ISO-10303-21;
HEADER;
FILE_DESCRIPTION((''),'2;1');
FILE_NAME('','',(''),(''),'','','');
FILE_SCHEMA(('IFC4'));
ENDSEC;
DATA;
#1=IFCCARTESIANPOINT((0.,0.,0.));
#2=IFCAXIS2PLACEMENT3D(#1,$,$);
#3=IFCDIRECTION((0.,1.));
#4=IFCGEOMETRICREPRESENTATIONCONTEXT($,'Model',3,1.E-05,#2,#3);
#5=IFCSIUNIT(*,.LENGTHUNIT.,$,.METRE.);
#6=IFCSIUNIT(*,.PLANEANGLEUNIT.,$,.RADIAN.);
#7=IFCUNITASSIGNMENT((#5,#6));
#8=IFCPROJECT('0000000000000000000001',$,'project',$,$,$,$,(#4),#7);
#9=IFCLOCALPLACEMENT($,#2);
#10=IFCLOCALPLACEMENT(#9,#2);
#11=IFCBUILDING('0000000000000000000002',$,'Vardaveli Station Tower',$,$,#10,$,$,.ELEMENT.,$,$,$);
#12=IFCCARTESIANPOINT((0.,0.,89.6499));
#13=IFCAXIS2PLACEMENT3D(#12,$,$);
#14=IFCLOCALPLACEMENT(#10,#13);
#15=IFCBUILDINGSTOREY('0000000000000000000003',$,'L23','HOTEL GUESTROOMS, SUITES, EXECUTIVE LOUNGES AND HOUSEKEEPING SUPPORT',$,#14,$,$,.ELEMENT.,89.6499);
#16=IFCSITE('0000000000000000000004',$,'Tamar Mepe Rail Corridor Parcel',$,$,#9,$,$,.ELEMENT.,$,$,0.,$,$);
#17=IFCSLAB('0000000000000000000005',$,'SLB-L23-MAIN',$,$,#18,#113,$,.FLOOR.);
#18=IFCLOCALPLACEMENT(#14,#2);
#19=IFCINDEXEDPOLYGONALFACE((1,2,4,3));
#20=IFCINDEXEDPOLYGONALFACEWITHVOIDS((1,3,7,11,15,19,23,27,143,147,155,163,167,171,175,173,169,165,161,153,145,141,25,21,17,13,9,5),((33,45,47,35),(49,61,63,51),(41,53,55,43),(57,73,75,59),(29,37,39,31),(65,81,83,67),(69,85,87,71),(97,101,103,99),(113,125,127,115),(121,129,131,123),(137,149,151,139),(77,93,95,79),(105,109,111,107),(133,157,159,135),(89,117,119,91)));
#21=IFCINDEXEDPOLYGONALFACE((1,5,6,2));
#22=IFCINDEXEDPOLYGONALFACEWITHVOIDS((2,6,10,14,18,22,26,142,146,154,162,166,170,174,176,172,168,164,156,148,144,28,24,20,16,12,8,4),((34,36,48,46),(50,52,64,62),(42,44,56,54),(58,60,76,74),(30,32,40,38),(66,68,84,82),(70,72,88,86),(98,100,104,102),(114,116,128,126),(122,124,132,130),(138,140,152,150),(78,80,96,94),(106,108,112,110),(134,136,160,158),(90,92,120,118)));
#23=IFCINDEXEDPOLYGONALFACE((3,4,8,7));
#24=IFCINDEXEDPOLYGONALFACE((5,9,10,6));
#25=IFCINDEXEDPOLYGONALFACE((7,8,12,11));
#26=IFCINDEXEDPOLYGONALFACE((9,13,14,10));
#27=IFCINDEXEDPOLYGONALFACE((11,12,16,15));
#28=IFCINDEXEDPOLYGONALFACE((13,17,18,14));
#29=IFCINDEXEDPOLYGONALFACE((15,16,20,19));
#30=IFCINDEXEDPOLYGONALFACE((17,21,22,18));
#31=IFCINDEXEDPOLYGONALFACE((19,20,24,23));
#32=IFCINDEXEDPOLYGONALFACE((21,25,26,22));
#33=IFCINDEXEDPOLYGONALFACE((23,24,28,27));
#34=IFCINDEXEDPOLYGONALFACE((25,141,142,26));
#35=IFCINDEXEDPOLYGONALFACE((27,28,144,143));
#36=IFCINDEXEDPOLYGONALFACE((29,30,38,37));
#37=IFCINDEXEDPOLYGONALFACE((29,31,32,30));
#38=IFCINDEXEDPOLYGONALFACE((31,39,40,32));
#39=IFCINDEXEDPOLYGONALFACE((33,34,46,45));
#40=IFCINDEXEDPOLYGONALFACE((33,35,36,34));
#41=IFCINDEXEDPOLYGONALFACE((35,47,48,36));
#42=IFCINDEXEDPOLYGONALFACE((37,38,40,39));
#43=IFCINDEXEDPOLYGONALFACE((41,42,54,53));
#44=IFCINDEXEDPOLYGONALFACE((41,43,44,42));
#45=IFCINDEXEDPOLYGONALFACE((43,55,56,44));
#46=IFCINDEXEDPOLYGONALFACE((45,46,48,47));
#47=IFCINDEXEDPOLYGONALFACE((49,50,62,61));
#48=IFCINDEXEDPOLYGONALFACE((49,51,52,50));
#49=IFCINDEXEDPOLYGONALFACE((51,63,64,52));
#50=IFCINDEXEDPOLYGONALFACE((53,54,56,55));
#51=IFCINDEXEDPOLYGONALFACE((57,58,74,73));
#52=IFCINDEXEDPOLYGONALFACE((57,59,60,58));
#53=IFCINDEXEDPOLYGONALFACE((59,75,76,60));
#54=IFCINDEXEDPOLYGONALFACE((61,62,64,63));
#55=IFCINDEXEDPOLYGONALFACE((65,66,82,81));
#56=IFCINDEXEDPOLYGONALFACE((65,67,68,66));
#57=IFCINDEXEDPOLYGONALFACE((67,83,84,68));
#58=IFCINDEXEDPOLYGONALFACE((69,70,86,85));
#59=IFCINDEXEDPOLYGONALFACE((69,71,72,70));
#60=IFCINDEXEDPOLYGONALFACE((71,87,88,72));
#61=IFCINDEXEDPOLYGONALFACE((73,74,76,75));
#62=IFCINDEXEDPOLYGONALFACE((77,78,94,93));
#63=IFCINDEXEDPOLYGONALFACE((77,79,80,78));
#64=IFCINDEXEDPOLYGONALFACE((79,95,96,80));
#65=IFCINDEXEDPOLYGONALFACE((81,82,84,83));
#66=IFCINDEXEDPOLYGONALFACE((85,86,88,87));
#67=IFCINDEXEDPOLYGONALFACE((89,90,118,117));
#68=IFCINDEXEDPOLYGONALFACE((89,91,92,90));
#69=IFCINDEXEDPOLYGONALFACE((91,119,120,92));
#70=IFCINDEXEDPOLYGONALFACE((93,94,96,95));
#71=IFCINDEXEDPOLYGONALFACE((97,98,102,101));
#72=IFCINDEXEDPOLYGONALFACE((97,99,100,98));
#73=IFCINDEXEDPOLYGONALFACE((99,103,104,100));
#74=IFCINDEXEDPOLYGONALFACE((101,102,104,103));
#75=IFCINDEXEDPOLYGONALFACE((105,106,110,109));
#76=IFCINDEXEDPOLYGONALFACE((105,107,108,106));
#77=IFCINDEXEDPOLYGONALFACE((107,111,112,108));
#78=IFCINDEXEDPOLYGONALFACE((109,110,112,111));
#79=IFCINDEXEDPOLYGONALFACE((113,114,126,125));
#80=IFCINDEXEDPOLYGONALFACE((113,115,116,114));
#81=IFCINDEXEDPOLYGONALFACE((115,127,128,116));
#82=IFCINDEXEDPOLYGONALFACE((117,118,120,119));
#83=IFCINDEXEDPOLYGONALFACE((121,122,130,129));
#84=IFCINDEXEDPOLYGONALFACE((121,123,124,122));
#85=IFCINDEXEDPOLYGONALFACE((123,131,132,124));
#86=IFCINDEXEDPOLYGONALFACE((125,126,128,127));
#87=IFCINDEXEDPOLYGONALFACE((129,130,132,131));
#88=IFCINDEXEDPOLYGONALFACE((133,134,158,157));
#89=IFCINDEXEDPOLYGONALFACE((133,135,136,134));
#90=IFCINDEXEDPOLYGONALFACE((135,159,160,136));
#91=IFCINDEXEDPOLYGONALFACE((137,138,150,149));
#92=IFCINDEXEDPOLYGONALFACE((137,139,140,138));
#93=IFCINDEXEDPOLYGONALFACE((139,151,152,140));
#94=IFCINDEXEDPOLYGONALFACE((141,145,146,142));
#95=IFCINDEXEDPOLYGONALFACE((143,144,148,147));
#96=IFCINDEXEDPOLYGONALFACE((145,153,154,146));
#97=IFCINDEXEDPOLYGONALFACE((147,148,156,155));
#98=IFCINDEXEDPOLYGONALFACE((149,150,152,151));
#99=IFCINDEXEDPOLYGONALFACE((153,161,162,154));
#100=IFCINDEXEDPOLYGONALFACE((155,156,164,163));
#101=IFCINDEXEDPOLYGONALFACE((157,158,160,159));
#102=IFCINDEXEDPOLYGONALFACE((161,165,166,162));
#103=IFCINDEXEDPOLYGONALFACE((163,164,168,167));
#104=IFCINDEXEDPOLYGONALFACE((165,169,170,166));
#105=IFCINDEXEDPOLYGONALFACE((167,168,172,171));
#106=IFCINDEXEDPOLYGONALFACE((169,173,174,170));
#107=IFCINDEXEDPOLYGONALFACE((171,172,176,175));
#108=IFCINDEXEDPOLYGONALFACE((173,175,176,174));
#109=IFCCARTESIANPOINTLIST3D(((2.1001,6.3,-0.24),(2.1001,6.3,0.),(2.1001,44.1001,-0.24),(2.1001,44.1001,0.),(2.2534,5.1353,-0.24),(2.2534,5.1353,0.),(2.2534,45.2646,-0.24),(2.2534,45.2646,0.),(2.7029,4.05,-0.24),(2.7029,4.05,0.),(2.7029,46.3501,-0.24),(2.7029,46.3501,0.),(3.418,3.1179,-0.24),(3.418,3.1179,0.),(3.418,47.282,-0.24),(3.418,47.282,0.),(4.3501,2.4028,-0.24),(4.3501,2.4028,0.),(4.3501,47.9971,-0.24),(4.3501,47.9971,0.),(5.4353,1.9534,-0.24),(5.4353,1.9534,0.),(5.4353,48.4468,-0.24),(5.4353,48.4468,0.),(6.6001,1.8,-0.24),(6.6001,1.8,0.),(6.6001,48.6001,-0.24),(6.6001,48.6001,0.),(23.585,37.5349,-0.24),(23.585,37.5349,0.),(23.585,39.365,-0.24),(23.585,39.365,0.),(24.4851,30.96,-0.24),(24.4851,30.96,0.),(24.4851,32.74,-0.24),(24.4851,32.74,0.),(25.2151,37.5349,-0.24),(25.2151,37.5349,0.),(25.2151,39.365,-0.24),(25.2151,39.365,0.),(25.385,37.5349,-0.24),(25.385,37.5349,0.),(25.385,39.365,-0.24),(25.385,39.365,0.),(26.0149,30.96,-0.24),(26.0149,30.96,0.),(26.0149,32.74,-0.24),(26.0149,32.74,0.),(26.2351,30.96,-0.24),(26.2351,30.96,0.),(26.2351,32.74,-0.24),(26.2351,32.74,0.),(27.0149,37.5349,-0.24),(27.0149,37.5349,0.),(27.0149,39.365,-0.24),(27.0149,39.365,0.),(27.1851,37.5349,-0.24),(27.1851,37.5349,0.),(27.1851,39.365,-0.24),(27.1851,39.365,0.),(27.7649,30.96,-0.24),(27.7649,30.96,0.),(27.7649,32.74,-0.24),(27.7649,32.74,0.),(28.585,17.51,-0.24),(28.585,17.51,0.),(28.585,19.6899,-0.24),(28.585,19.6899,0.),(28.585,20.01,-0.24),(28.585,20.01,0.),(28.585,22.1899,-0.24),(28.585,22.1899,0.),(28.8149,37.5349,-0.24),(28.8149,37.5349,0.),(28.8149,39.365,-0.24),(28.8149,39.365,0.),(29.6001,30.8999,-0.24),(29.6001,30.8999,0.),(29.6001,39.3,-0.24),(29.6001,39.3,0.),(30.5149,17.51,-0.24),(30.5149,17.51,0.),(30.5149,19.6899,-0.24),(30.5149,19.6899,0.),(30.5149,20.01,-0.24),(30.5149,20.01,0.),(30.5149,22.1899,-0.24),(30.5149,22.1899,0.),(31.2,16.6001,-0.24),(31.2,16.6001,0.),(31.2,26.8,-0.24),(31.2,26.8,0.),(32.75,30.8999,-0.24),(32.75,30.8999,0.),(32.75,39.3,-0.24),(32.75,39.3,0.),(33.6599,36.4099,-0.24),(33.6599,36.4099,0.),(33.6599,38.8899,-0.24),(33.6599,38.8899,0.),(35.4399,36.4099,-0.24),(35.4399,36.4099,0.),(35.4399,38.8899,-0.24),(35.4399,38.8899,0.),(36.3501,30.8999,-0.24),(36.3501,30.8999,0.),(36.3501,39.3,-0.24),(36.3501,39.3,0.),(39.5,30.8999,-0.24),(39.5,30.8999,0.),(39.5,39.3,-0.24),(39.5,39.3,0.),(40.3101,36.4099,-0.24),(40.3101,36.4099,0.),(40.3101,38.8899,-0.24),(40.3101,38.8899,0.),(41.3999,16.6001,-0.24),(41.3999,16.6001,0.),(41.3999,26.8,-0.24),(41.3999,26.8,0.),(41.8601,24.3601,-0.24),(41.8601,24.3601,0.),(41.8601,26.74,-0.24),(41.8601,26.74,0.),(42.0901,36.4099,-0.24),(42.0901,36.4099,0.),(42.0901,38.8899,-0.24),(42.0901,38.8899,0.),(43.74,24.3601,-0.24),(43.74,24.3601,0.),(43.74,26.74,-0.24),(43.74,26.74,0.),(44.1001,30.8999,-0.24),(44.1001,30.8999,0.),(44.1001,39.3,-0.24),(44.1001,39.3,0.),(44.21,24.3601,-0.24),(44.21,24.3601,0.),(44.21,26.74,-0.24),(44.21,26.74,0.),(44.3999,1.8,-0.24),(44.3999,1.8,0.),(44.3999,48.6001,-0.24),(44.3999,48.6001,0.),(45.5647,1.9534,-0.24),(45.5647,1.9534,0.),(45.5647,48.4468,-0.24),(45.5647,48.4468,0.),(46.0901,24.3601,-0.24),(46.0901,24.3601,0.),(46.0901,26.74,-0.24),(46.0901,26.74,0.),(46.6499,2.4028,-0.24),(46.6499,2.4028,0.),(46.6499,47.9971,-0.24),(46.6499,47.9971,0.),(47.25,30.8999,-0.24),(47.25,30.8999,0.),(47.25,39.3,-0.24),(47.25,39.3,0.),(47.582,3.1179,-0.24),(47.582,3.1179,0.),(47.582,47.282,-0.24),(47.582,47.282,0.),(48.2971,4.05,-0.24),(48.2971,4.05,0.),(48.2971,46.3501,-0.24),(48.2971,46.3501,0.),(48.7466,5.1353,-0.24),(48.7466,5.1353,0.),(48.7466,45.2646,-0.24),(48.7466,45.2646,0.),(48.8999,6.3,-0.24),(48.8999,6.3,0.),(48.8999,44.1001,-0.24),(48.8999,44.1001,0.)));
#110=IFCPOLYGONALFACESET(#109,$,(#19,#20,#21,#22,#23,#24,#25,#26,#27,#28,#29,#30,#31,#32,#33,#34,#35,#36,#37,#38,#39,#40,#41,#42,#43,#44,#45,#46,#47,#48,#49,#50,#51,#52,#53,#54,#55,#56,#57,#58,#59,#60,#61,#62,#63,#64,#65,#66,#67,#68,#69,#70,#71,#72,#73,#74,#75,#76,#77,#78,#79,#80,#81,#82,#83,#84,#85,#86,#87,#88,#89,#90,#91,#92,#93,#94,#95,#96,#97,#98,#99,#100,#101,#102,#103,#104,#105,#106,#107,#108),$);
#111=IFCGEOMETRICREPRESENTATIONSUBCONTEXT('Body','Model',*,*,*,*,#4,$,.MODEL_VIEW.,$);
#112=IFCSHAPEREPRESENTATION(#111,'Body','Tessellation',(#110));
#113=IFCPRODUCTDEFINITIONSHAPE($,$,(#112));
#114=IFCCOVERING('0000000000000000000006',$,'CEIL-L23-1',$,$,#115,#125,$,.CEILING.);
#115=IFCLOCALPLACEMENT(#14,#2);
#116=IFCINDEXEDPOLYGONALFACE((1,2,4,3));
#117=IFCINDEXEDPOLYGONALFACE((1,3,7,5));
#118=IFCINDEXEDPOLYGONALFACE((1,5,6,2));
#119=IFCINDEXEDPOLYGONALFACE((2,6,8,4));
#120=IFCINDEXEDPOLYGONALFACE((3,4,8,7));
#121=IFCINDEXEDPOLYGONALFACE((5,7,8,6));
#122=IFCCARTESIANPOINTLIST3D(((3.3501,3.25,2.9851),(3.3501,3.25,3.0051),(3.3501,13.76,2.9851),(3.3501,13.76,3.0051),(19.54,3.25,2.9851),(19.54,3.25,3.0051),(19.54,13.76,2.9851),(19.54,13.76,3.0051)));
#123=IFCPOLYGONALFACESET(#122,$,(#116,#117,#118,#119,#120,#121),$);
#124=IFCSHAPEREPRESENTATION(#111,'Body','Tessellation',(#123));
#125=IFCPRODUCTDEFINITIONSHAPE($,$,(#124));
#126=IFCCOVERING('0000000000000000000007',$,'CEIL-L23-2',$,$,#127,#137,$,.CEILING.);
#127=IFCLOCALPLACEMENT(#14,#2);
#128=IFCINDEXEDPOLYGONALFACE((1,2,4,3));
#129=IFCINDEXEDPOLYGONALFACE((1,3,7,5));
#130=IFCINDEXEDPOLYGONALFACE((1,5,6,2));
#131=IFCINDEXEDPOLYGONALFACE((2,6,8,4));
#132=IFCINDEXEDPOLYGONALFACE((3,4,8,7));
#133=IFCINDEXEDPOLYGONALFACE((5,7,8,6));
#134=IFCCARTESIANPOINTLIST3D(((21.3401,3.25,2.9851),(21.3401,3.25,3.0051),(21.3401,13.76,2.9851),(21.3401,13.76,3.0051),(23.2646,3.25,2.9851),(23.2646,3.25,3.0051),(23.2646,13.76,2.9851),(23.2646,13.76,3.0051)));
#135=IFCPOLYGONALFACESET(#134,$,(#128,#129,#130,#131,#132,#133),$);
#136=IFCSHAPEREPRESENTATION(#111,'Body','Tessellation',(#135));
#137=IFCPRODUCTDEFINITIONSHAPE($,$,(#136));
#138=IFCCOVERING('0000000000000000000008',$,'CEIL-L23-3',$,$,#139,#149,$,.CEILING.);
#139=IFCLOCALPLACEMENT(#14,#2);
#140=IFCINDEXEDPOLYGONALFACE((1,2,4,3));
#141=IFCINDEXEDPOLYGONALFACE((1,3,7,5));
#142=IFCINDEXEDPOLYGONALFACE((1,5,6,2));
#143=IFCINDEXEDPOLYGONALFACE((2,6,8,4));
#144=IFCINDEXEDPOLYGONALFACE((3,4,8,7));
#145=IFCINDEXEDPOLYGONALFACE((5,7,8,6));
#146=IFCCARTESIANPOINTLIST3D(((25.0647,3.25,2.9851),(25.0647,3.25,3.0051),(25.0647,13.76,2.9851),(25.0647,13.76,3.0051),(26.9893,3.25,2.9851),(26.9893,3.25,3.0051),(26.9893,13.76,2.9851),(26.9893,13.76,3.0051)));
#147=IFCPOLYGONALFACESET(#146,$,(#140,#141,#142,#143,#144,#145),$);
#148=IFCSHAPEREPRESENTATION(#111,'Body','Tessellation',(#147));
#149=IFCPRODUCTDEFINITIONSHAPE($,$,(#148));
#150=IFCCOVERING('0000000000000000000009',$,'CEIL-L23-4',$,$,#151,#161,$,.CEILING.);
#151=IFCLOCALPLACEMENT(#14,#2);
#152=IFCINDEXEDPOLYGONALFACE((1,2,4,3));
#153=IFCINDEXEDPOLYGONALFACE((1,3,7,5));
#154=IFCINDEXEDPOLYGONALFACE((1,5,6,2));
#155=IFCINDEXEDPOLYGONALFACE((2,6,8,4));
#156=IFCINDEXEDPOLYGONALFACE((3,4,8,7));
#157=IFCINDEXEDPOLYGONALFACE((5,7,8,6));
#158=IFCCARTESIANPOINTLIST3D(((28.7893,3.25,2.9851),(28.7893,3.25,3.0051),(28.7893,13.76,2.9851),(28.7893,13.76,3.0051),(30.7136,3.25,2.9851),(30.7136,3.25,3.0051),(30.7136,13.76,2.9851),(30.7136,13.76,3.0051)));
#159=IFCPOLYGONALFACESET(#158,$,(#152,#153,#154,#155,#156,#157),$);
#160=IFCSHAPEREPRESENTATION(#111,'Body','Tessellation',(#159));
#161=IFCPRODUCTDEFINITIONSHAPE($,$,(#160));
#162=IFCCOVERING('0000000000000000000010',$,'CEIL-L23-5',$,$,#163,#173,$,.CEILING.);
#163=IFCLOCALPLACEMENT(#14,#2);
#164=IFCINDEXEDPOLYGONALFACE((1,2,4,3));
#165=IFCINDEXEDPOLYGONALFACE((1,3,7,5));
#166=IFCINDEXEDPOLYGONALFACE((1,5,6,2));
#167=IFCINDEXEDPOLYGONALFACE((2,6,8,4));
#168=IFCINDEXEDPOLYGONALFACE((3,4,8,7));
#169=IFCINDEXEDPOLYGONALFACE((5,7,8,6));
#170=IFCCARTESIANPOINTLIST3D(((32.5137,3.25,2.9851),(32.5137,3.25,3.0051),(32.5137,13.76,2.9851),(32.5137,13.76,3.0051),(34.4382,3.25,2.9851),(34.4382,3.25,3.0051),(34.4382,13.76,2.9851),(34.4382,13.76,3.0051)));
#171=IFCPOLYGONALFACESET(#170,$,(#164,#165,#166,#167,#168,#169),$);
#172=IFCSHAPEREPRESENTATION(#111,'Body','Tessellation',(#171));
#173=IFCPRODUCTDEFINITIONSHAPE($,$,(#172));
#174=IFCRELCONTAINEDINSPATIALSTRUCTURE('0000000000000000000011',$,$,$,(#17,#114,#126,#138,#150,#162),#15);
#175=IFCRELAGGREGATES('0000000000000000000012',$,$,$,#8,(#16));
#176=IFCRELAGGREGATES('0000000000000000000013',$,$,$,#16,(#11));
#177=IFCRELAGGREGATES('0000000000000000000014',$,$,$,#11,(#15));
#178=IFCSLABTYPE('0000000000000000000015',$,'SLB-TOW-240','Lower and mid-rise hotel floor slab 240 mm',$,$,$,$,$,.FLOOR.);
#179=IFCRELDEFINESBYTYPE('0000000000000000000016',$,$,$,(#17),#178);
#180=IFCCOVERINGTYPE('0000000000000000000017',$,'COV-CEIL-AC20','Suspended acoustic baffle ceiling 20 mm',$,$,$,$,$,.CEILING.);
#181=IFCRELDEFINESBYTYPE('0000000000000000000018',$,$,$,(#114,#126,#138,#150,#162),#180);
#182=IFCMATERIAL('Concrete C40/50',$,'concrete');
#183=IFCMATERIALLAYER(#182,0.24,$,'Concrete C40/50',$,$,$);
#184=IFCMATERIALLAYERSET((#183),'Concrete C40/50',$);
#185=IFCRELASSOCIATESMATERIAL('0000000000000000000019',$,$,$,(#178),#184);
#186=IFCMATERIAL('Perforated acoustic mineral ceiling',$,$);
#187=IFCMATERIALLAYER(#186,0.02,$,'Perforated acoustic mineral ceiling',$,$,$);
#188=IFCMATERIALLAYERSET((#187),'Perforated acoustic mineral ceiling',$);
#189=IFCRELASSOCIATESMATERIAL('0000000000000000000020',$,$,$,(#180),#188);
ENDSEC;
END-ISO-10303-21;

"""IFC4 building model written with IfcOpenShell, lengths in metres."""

from ifc_helpers import new_model, si_unit, direction, frame, origin, place, context, subcontext, project, spatial, polyline, outline, extrude, material, layer, layer_set, type_object, element, save


model = new_model("IFC4")

# Units and contexts
model_context = context("Model", 3, precision=1e-05, world=origin(), true_north=direction((0.0, 1.0)))
body_context = subcontext(model_context, "Body", "Model", "MODEL_VIEW")
ifc_project = project(units=[si_unit("LENGTHUNIT", "METRE"), si_unit("PLANEANGLEUNIT", "RADIAN")], contexts=[model_context])

# Site, building, storey
site_placement = place(None, origin())
site = spatial("IfcSite", under=ifc_project, at=site_placement, Name="Tamar Mepe Rail Corridor Parcel", CompositionType="ELEMENT", RefElevation=0.0)
building_placement = place(site_placement, origin())
building = spatial("IfcBuilding", under=site, at=building_placement, Name="Vardaveli Station Tower", CompositionType="ELEMENT")
storey_placement = place(building_placement, frame((0.0, 0.0, 89.6499)))
storey = spatial("IfcBuildingStorey", under=building, at=storey_placement, Name="L23", Description="HOTEL GUESTROOMS, SUITES, EXECUTIVE LOUNGES AND HOUSEKEEPING SUPPORT", CompositionType="ELEMENT", Elevation=89.6499)

# Shared definitions
ifc_material_1 = material(Name="Concrete C40/50", Category="concrete")

# Slab
ifc_layer_1 = layer(ifc_material_1, 0.24, Name="Concrete C40/50")
ifc_layer_set_1 = layer_set([ifc_layer_1], Name="Concrete C40/50")
slab_type_1 = type_object("IfcSlabType", Name="SLB-TOW-240", Description="Lower and mid-rise hotel floor slab 240 mm", PredefinedType="FLOOR", material=ifc_layer_set_1)
slab_1_placement = place(storey_placement, frame((0.0, 0.0, -0.24)))
element("IfcSlab", 1, at=slab_1_placement, inside=storey, type_object=slab_type_1, Name="SLB-L23-MAIN", PredefinedType="FLOOR", context=body_context, shape_type="SweptSolid", body=[
    extrude(outline(polyline([(2.1001, 6.3), (2.2534, 5.1353), (2.7029, 4.05), (3.418, 3.1179), (4.3501, 2.4028), (5.4353, 1.9534), (6.6001, 1.8), (44.3999, 1.8), (45.5647, 1.9534), (46.6499, 2.4028), (47.582, 3.1179), (48.2971, 4.05), (48.7466, 5.1353), (48.8999, 6.3), (48.8999, 44.1001), (48.7466, 45.2646), (48.2971, 46.3501), (47.582, 47.282), (46.6499, 47.9971), (45.5647, 48.4468), (44.3999, 48.6001), (6.6001, 48.6001), (5.4353, 48.4468), (4.3501, 47.9971), (3.418, 47.282), (2.7029, 46.3501), (2.2534, 45.2646), (2.1001, 44.1001), (2.1001, 6.3)]), holes=[polyline([(31.2, 16.6001), (41.3999, 16.6001), (41.3999, 26.8), (31.2, 26.8), (31.2, 16.6001)]), polyline([(32.75, 30.8999), (32.75, 39.3), (29.6001, 39.3), (29.6001, 30.8999), (32.75, 30.8999)]), polyline([(39.5, 30.8999), (39.5, 39.3), (36.3501, 39.3), (36.3501, 30.8999), (39.5, 30.8999)]), polyline([(47.25, 30.8999), (47.25, 39.3), (44.1001, 39.3), (44.1001, 30.8999), (47.25, 30.8999)]), polyline([(23.585, 37.5349), (25.2151, 37.5349), (25.2151, 39.365), (23.585, 39.365), (23.585, 37.5349)]), polyline([(25.385, 37.5349), (27.0149, 37.5349), (27.0149, 39.365), (25.385, 39.365), (25.385, 37.5349)]), polyline([(27.1851, 37.5349), (28.8149, 37.5349), (28.8149, 39.365), (27.1851, 39.365), (27.1851, 37.5349)]), polyline([(33.6599, 36.4099), (35.4399, 36.4099), (35.4399, 38.8899), (33.6599, 38.8899), (33.6599, 36.4099)]), polyline([(40.3101, 36.4099), (42.0901, 36.4099), (42.0901, 38.8899), (40.3101, 38.8899), (40.3101, 36.4099)]), polyline([(24.4851, 30.96), (26.0149, 30.96), (26.0149, 32.74), (24.4851, 32.74), (24.4851, 30.96)]), polyline([(26.2351, 30.96), (27.7649, 30.96), (27.7649, 32.74), (26.2351, 32.74), (26.2351, 30.96)]), polyline([(28.585, 17.51), (30.5149, 17.51), (30.5149, 19.6899), (28.585, 19.6899), (28.585, 17.51)]), polyline([(28.585, 20.01), (30.5149, 20.01), (30.5149, 22.1899), (28.585, 22.1899), (28.585, 20.01)]), polyline([(41.8601, 24.3601), (43.74, 24.3601), (43.74, 26.74), (41.8601, 26.74), (41.8601, 24.3601)]), polyline([(44.21, 24.3601), (46.0901, 24.3601), (46.0901, 26.74), (44.21, 26.74), (44.21, 24.3601)])]), origin(), (0.0, 0.0, 1.0), 0.24),
])

# Coverings
ifc_material_2 = material(Name="Perforated acoustic mineral ceiling")
ifc_layer_2 = layer(ifc_material_2, 0.02, Name="Perforated acoustic mineral ceiling")
ifc_layer_set_2 = layer_set([ifc_layer_2], Name="Perforated acoustic mineral ceiling")
covering_type_1 = type_object("IfcCoveringType", Name="COV-CEIL-AC20", Description="Suspended acoustic baffle ceiling 20 mm", PredefinedType="CEILING", material=ifc_layer_set_2)
covering_1_placement = place(storey_placement, frame((0.0, 0.0, 2.9851)))
element("IfcCovering", 2, at=covering_1_placement, inside=storey, type_object=covering_type_1, Name="CEIL-L23-1", PredefinedType="CEILING", context=body_context, shape_type="SweptSolid", body=[
    extrude(outline(polyline([(3.3501, 3.25), (19.54, 3.25), (19.54, 13.76), (3.3501, 13.76), (3.3501, 3.25)])), origin(), (0.0, 0.0, 1.0), 0.02),
])
covering_2_placement = place(storey_placement, frame((0.0, 0.0, 2.9851)))
element("IfcCovering", 3, at=covering_2_placement, inside=storey, type_object=covering_type_1, Name="CEIL-L23-2", PredefinedType="CEILING", context=body_context, shape_type="SweptSolid", body=[
    extrude(outline(polyline([(21.3401, 3.25), (23.2646, 3.25), (23.2646, 13.76), (21.3401, 13.76), (21.3401, 3.25)])), origin(), (0.0, 0.0, 1.0), 0.02),
])
covering_3_placement = place(storey_placement, frame((0.0, 0.0, 2.9851)))
element("IfcCovering", 4, at=covering_3_placement, inside=storey, type_object=covering_type_1, Name="CEIL-L23-3", PredefinedType="CEILING", context=body_context, shape_type="SweptSolid", body=[
    extrude(outline(polyline([(25.0647, 3.25), (26.9893, 3.25), (26.9893, 13.76), (25.0647, 13.76), (25.0647, 3.25)])), origin(), (0.0, 0.0, 1.0), 0.02),
])
covering_4_placement = place(storey_placement, frame((0.0, 0.0, 2.9851)))
element("IfcCovering", 5, at=covering_4_placement, inside=storey, type_object=covering_type_1, Name="CEIL-L23-4", PredefinedType="CEILING", context=body_context, shape_type="SweptSolid", body=[
    extrude(outline(polyline([(28.7893, 3.25), (30.7136, 3.25), (30.7136, 13.76), (28.7893, 13.76), (28.7893, 3.25)])), origin(), (0.0, 0.0, 1.0), 0.02),
])
covering_5_placement = place(storey_placement, frame((0.0, 0.0, 2.9851)))
element("IfcCovering", 6, at=covering_5_placement, inside=storey, type_object=covering_type_1, Name="CEIL-L23-5", PredefinedType="CEILING", context=body_context, shape_type="SweptSolid", body=[
    extrude(outline(polyline([(32.5137, 3.25), (34.4382, 3.25), (34.4382, 13.76), (32.5137, 13.76), (32.5137, 3.25)])), origin(), (0.0, 0.0, 1.0), 0.02),
])

save(model, "model.ifc")
